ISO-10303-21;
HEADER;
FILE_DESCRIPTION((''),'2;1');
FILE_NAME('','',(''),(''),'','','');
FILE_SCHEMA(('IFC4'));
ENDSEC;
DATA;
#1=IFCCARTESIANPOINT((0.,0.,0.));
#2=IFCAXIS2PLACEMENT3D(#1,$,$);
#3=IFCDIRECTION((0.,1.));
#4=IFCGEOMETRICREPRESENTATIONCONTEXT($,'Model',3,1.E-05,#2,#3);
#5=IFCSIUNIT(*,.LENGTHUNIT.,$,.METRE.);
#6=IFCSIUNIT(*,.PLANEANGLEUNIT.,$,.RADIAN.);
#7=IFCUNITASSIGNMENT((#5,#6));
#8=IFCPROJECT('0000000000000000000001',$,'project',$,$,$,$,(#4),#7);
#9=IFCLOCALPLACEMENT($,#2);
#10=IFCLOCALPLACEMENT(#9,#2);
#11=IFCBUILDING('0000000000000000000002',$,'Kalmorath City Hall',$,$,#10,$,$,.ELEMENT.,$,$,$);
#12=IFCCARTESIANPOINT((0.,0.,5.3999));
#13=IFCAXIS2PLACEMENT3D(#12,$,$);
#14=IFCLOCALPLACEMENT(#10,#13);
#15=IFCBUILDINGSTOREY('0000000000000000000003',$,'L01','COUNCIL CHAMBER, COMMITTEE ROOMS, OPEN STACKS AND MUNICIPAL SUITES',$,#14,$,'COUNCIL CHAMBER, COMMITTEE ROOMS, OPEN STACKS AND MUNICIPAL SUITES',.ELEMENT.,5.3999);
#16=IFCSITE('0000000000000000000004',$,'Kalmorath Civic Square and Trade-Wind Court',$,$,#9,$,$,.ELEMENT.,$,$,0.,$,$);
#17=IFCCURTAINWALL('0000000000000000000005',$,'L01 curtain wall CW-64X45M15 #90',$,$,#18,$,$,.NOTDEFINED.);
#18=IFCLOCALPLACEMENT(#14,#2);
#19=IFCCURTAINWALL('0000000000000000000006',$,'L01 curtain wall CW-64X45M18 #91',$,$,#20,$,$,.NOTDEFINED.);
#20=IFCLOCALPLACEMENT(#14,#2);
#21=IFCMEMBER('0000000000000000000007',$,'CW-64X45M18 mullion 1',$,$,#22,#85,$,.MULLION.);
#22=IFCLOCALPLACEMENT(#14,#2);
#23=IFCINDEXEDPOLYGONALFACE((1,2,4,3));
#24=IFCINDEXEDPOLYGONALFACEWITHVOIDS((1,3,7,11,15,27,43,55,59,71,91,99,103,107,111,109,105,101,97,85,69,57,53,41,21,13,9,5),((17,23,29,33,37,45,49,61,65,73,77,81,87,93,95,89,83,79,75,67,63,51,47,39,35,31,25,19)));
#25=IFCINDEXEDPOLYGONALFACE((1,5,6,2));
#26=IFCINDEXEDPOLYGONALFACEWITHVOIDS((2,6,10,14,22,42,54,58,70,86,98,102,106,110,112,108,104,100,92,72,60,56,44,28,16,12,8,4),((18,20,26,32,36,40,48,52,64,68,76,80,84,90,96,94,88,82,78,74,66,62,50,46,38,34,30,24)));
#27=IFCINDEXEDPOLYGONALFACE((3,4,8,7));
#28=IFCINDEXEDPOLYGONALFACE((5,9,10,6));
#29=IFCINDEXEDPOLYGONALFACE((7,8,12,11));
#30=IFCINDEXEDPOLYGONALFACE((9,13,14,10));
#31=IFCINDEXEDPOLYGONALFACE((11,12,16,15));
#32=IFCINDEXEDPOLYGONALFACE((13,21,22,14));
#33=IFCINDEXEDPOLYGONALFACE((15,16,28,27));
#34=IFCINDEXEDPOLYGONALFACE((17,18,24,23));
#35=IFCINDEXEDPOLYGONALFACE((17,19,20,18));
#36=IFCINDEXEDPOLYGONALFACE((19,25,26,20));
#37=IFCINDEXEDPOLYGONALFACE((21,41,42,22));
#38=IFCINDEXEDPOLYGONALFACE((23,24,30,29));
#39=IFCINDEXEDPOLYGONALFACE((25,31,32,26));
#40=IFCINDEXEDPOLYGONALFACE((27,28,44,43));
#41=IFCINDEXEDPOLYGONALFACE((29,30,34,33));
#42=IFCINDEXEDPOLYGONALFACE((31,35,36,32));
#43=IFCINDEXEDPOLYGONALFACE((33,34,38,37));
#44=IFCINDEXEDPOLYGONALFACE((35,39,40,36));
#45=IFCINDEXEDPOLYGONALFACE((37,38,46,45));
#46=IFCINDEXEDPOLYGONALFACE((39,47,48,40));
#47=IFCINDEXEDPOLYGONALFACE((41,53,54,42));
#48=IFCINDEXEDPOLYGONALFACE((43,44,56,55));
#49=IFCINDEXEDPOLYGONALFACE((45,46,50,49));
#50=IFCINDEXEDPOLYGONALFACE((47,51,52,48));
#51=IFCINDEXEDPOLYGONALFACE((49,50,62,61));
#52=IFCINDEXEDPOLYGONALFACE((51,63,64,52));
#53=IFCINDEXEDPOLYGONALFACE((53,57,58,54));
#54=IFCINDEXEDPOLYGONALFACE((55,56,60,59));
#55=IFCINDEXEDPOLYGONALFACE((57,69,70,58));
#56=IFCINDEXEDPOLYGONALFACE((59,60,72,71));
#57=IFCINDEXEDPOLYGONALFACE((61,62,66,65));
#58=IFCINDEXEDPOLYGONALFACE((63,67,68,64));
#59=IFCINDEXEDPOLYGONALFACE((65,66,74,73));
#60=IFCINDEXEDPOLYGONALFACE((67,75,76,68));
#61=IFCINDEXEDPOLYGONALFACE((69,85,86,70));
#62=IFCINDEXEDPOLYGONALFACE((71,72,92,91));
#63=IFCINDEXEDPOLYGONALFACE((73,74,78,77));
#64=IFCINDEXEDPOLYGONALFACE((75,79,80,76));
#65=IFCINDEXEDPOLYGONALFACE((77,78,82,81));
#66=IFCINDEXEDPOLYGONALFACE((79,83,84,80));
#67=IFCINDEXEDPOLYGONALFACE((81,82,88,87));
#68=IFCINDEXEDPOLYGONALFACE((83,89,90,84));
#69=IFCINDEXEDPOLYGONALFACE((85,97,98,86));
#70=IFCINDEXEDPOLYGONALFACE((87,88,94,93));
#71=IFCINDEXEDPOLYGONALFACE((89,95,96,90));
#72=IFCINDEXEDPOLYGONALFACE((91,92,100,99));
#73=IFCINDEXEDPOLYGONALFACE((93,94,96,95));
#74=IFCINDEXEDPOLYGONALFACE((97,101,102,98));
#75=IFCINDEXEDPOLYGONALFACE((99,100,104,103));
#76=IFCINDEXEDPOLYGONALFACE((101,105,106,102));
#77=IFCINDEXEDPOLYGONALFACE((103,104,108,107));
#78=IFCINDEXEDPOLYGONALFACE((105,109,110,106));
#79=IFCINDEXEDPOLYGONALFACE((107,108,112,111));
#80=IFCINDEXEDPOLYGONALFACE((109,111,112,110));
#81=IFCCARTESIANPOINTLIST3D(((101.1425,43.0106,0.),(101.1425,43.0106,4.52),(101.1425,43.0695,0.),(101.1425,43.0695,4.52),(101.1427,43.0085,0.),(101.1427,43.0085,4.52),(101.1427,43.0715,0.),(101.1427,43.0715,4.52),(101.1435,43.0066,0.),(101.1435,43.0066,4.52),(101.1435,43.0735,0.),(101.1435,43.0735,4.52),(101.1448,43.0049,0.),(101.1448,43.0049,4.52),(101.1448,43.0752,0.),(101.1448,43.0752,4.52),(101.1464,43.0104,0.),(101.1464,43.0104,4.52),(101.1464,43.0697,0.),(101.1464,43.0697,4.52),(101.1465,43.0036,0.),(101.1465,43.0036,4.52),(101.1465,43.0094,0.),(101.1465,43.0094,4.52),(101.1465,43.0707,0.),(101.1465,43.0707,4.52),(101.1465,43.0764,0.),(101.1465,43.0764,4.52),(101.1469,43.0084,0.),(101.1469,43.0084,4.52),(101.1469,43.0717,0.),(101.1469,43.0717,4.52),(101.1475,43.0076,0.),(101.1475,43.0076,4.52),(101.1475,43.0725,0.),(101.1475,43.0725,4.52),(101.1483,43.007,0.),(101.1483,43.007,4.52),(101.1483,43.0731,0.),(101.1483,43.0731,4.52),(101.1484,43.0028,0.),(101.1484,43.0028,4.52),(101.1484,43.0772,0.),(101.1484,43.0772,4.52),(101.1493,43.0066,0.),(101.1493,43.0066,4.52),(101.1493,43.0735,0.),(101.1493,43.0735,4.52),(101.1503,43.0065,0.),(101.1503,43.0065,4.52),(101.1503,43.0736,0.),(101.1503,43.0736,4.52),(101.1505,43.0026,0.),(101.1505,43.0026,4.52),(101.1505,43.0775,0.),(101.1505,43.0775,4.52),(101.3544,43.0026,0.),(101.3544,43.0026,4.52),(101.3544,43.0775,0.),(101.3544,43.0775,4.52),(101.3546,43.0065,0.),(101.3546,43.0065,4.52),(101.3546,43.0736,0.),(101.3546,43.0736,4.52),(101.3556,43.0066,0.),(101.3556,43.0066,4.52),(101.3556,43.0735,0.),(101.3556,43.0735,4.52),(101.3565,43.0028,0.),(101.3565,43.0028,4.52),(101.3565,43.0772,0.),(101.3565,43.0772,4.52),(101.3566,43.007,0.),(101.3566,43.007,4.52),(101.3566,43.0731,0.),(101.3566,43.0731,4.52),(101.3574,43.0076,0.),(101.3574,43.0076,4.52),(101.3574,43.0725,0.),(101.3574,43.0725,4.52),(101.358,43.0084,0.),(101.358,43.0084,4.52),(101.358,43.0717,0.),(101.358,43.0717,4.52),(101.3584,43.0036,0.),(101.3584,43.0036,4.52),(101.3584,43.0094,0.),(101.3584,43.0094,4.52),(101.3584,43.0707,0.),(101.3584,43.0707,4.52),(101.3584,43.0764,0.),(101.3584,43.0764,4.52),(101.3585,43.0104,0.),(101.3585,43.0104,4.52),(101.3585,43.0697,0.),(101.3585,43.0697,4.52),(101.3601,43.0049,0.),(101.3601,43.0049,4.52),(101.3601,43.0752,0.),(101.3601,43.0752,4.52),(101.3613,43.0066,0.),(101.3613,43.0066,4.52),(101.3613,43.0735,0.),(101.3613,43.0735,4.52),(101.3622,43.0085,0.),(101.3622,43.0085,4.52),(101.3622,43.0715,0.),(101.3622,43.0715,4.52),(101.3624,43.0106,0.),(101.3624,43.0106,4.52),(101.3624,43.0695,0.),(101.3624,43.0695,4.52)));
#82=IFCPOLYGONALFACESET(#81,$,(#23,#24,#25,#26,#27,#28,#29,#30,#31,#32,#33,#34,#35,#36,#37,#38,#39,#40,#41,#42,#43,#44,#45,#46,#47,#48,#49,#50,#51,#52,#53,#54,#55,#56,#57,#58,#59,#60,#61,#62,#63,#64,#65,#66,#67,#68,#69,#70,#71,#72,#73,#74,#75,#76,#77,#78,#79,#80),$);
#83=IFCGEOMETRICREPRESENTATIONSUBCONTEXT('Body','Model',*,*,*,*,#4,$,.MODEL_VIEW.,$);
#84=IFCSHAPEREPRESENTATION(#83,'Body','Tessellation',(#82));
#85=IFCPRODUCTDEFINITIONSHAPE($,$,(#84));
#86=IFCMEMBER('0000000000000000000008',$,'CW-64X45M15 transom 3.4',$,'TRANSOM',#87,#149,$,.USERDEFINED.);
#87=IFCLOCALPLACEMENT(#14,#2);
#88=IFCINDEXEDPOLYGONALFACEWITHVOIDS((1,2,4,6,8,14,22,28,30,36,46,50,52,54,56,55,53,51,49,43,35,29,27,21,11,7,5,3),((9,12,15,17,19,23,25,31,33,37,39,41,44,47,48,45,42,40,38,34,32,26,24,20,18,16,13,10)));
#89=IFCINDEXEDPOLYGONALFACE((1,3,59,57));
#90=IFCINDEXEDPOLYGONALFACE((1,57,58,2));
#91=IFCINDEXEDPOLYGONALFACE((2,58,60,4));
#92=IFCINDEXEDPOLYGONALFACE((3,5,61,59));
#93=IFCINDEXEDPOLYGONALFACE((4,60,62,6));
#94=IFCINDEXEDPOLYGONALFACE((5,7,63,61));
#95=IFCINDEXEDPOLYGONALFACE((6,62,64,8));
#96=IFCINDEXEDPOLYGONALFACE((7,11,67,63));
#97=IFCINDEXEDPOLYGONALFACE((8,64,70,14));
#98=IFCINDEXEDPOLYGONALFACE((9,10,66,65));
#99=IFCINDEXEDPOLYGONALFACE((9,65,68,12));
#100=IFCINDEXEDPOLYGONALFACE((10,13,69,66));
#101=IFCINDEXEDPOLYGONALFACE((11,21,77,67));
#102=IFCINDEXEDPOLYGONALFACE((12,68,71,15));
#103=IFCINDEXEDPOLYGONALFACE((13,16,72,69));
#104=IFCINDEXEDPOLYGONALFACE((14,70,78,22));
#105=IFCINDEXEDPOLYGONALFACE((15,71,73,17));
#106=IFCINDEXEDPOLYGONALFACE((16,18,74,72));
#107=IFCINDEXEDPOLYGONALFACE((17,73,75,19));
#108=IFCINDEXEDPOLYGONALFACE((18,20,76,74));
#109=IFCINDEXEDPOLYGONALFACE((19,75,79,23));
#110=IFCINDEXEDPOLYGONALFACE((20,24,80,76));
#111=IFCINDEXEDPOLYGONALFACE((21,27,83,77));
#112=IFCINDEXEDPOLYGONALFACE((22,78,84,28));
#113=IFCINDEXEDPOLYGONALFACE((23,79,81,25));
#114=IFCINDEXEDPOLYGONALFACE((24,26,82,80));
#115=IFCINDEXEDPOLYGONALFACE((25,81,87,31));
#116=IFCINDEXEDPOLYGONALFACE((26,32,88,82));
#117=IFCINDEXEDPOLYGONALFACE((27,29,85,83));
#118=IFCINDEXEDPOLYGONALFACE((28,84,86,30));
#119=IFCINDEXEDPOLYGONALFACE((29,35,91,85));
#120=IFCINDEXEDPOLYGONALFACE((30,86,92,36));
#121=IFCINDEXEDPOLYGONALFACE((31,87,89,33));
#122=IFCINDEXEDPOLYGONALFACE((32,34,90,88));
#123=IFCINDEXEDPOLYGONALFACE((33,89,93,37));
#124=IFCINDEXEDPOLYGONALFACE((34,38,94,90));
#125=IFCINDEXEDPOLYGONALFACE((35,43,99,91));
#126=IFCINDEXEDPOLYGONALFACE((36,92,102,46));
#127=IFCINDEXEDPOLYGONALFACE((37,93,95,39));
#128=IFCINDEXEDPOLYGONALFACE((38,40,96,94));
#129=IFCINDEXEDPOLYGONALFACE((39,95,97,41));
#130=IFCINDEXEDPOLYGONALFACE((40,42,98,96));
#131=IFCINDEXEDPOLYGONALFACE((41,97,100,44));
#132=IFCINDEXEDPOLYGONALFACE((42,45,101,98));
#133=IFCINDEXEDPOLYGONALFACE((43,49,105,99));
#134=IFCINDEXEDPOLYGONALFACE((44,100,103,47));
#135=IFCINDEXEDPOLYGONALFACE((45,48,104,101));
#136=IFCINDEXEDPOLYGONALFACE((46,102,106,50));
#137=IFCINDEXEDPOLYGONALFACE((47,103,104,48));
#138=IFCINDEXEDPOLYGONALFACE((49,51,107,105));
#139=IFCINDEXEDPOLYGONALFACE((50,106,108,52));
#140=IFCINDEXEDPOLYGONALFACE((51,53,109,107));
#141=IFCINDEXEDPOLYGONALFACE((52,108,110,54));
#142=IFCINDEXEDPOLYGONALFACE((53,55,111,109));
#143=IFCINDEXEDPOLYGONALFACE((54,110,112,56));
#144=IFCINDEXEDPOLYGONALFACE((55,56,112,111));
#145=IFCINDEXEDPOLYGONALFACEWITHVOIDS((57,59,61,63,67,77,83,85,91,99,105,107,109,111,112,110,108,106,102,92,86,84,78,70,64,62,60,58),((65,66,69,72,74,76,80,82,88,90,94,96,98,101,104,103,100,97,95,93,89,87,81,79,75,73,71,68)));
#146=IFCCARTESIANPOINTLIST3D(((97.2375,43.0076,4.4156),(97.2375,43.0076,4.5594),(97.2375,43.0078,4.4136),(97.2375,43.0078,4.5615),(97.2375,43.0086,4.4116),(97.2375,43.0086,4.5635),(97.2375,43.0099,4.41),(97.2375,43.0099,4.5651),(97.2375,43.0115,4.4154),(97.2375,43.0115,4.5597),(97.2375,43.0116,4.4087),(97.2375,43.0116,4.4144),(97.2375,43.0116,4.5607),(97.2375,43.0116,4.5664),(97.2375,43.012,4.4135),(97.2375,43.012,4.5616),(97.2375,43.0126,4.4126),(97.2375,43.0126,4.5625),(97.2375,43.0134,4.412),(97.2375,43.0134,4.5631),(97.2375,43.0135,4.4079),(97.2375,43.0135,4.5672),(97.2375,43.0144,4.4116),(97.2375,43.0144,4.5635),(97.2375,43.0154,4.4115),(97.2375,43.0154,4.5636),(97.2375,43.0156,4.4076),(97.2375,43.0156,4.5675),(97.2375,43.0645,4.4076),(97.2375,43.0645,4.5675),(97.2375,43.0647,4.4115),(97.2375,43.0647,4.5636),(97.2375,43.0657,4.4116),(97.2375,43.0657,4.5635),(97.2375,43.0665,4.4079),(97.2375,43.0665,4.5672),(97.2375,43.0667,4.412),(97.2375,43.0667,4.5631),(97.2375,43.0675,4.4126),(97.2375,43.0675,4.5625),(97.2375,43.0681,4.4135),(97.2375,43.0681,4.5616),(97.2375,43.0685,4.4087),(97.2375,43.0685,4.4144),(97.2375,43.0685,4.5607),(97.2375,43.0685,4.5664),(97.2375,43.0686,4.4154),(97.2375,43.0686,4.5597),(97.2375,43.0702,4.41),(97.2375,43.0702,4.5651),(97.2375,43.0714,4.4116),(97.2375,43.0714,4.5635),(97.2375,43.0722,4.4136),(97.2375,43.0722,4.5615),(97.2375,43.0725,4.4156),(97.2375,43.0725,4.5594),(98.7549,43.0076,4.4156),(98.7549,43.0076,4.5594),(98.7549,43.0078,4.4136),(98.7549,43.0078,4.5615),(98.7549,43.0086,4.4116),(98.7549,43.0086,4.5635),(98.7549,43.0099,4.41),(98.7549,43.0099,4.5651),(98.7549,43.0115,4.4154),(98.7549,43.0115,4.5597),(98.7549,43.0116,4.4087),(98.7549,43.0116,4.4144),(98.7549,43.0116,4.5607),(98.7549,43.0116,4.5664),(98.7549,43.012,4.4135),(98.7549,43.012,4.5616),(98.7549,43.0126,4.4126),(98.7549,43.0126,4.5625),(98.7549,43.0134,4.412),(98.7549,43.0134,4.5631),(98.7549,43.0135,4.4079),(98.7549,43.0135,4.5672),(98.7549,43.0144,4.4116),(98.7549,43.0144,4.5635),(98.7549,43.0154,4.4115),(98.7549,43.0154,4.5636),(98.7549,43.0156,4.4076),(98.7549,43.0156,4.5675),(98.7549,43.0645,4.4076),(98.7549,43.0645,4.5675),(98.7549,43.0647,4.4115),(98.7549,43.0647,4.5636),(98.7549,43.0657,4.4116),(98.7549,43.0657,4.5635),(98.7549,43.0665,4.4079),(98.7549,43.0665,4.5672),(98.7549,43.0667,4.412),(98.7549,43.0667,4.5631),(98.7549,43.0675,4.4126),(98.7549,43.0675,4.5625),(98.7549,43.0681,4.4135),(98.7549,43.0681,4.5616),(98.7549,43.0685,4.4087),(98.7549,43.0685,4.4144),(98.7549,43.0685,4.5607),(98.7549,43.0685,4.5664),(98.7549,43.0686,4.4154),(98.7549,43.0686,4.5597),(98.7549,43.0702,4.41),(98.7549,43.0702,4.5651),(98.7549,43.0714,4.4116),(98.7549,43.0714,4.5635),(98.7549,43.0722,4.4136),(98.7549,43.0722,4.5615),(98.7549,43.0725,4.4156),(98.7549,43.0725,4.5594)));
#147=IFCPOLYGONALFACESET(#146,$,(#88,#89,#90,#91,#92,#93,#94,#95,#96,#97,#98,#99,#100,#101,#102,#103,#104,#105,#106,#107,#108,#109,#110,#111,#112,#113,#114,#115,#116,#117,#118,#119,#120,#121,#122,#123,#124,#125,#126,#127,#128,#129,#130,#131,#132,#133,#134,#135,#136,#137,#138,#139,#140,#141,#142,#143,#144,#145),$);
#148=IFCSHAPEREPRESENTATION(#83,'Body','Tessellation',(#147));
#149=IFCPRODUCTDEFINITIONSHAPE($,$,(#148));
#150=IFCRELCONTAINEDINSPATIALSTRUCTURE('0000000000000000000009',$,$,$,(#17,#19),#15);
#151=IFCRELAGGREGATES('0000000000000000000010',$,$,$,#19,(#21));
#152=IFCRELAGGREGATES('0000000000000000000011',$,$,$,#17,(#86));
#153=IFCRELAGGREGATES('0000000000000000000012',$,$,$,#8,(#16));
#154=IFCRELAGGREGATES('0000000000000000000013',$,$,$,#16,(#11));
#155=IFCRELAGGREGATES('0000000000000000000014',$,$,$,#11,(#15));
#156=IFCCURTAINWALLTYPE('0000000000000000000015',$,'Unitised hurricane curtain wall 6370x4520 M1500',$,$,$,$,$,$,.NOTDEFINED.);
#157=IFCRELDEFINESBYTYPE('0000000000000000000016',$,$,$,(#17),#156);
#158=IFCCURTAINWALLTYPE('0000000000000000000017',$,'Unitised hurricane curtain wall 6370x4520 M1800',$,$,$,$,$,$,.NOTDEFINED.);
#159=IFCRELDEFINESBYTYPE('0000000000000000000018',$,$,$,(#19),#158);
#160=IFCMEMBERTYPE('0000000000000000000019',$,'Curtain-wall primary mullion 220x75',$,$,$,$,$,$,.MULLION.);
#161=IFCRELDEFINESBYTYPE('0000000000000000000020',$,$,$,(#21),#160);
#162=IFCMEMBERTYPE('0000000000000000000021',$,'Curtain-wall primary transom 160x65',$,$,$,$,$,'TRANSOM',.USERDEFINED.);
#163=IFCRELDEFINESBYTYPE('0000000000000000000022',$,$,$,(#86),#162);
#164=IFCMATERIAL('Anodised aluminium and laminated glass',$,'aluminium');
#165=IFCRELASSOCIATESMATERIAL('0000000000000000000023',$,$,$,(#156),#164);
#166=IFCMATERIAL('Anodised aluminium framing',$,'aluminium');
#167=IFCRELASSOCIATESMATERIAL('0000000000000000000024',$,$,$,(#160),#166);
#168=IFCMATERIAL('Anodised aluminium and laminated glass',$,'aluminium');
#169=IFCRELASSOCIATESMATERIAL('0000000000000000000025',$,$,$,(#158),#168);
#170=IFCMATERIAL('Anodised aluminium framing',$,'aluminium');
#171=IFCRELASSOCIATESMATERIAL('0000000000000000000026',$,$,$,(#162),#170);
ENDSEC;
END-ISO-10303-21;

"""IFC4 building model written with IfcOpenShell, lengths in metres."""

from ifc_helpers import new_model, si_unit, direction, frame, origin, origin_2d, place, context, subcontext, project, spatial, hollow_rectangle, extrude, material, material_profile, profile_set, type_object, element, aggregate, save


model = new_model("IFC4")

# Units and contexts
model_context = context("Model", 3, precision=1e-05, world=origin(), true_north=direction((0.0, 1.0)))
body_context = subcontext(model_context, "Body", "Model", "MODEL_VIEW")
ifc_project = project(units=[si_unit("LENGTHUNIT", "METRE"), si_unit("PLANEANGLEUNIT", "RADIAN")], contexts=[model_context])

# Site, building, storey
site_placement = place(None, origin())
site = spatial("IfcSite", under=ifc_project, at=site_placement, Name="Kalmorath Civic Square and Trade-Wind Court", CompositionType="ELEMENT", RefElevation=0.0)
building_placement = place(site_placement, origin())
building = spatial("IfcBuilding", under=site, at=building_placement, Name="Kalmorath City Hall", CompositionType="ELEMENT")
storey_placement = place(building_placement, frame((0.0, 0.0, 5.3999)))
storey = spatial("IfcBuildingStorey", under=building, at=storey_placement, Name="L01", Description="COUNCIL CHAMBER, COMMITTEE ROOMS, OPEN STACKS AND MUNICIPAL SUITES", LongName="COUNCIL CHAMBER, COMMITTEE ROOMS, OPEN STACKS AND MUNICIPAL SUITES", CompositionType="ELEMENT", Elevation=5.3999)

# Curtain wall
ifc_material_1 = material(Name="Anodised aluminium and laminated glass", Category="aluminium")
curtain_wall_type_1 = type_object("IfcCurtainWallType", Name="Unitised hurricane curtain wall 6370x4520 M1500", PredefinedType="NOTDEFINED", material=ifc_material_1)
curtain_wall_1_placement = place(storey_placement, origin())
curtain_wall_1 = element("IfcCurtainWall", 1, at=curtain_wall_1_placement, inside=storey, type_object=curtain_wall_type_1, Name="L01 curtain wall CW-64X45M15 #90", PredefinedType="NOTDEFINED")
ifc_material_2 = material(Name="Anodised aluminium framing", Category="aluminium")
ifc_material_profile_1 = material_profile(ifc_material_2, hollow_rectangle(XDim=0.075, YDim=0.22, WallThickness=0.0039, InnerFilletRadius=0.0039, OuterFilletRadius=0.0081, at=origin_2d()), Name="ALU-MUL-220X75X4")
ifc_profile_set_1 = profile_set([ifc_material_profile_1], Name="Anodised aluminium framing")
member_type_1 = type_object("IfcMemberType", Name="Curtain-wall primary mullion 220x75", PredefinedType="MULLION", material=ifc_profile_set_1)

# Curtain wall, member
ifc_material_3 = material(Name="Anodised aluminium and laminated glass", Category="aluminium")
curtain_wall_type_2 = type_object("IfcCurtainWallType", Name="Unitised hurricane curtain wall 6370x4520 M1800", PredefinedType="NOTDEFINED", material=ifc_material_3)
curtain_wall_2_placement = place(storey_placement, origin())
curtain_wall_2 = element("IfcCurtainWall", 2, at=curtain_wall_2_placement, inside=storey, type_object=curtain_wall_type_2, Name="L01 curtain wall CW-64X45M18 #91", PredefinedType="NOTDEFINED")
member_1_placement = place(storey_placement, frame((101.2524, 43.04, 0.0), z_axis=(0.0, 0.0, 1.0), x_axis=(0.0, 1.0, 0.0)))
member_1 = element("IfcMember", 3, at=member_1_placement, type_object=member_type_1, Name="CW-64X45M18 mullion 1", PredefinedType="MULLION", context=body_context, shape_type="SweptSolid", body=[
    extrude(hollow_rectangle(XDim=0.075, YDim=0.22, WallThickness=0.0039, InnerFilletRadius=0.0039, OuterFilletRadius=0.0081, at=origin_2d()), origin(), (0.0, 0.0, 1.0), 4.52),
])

# Member
ifc_material_4 = material(Name="Anodised aluminium framing", Category="aluminium")
ifc_material_profile_2 = material_profile(ifc_material_4, hollow_rectangle(XDim=0.0649, YDim=0.1599, WallThickness=0.0039, InnerFilletRadius=0.0039, OuterFilletRadius=0.0081, at=origin_2d()), Name="ALU-TRN-160X65X4")
ifc_profile_set_2 = profile_set([ifc_material_profile_2], Name="Anodised aluminium framing")
member_type_2 = type_object("IfcMemberType", Name="Curtain-wall primary transom 160x65", ElementType="TRANSOM", PredefinedType="USERDEFINED", material=ifc_profile_set_2)
member_2_placement = place(storey_placement, frame((97.2375, 43.04, 4.4875), z_axis=(1.0, 0.0, 0.0), x_axis=(0.0, 1.0, 0.0)))
member_2 = element("IfcMember", 4, at=member_2_placement, type_object=member_type_2, Name="CW-64X45M15 transom 3.4", ObjectType="TRANSOM", PredefinedType="USERDEFINED", context=body_context, shape_type="SweptSolid", body=[
    extrude(hollow_rectangle(XDim=0.0649, YDim=0.1599, WallThickness=0.0039, InnerFilletRadius=0.0039, OuterFilletRadius=0.0081, at=origin_2d()), origin(), (0.0, 0.0, 1.0), 1.5173),
])
aggregate(curtain_wall_2, [member_1])

aggregate(curtain_wall_1, [member_2])

save(model, "model.ifc")
